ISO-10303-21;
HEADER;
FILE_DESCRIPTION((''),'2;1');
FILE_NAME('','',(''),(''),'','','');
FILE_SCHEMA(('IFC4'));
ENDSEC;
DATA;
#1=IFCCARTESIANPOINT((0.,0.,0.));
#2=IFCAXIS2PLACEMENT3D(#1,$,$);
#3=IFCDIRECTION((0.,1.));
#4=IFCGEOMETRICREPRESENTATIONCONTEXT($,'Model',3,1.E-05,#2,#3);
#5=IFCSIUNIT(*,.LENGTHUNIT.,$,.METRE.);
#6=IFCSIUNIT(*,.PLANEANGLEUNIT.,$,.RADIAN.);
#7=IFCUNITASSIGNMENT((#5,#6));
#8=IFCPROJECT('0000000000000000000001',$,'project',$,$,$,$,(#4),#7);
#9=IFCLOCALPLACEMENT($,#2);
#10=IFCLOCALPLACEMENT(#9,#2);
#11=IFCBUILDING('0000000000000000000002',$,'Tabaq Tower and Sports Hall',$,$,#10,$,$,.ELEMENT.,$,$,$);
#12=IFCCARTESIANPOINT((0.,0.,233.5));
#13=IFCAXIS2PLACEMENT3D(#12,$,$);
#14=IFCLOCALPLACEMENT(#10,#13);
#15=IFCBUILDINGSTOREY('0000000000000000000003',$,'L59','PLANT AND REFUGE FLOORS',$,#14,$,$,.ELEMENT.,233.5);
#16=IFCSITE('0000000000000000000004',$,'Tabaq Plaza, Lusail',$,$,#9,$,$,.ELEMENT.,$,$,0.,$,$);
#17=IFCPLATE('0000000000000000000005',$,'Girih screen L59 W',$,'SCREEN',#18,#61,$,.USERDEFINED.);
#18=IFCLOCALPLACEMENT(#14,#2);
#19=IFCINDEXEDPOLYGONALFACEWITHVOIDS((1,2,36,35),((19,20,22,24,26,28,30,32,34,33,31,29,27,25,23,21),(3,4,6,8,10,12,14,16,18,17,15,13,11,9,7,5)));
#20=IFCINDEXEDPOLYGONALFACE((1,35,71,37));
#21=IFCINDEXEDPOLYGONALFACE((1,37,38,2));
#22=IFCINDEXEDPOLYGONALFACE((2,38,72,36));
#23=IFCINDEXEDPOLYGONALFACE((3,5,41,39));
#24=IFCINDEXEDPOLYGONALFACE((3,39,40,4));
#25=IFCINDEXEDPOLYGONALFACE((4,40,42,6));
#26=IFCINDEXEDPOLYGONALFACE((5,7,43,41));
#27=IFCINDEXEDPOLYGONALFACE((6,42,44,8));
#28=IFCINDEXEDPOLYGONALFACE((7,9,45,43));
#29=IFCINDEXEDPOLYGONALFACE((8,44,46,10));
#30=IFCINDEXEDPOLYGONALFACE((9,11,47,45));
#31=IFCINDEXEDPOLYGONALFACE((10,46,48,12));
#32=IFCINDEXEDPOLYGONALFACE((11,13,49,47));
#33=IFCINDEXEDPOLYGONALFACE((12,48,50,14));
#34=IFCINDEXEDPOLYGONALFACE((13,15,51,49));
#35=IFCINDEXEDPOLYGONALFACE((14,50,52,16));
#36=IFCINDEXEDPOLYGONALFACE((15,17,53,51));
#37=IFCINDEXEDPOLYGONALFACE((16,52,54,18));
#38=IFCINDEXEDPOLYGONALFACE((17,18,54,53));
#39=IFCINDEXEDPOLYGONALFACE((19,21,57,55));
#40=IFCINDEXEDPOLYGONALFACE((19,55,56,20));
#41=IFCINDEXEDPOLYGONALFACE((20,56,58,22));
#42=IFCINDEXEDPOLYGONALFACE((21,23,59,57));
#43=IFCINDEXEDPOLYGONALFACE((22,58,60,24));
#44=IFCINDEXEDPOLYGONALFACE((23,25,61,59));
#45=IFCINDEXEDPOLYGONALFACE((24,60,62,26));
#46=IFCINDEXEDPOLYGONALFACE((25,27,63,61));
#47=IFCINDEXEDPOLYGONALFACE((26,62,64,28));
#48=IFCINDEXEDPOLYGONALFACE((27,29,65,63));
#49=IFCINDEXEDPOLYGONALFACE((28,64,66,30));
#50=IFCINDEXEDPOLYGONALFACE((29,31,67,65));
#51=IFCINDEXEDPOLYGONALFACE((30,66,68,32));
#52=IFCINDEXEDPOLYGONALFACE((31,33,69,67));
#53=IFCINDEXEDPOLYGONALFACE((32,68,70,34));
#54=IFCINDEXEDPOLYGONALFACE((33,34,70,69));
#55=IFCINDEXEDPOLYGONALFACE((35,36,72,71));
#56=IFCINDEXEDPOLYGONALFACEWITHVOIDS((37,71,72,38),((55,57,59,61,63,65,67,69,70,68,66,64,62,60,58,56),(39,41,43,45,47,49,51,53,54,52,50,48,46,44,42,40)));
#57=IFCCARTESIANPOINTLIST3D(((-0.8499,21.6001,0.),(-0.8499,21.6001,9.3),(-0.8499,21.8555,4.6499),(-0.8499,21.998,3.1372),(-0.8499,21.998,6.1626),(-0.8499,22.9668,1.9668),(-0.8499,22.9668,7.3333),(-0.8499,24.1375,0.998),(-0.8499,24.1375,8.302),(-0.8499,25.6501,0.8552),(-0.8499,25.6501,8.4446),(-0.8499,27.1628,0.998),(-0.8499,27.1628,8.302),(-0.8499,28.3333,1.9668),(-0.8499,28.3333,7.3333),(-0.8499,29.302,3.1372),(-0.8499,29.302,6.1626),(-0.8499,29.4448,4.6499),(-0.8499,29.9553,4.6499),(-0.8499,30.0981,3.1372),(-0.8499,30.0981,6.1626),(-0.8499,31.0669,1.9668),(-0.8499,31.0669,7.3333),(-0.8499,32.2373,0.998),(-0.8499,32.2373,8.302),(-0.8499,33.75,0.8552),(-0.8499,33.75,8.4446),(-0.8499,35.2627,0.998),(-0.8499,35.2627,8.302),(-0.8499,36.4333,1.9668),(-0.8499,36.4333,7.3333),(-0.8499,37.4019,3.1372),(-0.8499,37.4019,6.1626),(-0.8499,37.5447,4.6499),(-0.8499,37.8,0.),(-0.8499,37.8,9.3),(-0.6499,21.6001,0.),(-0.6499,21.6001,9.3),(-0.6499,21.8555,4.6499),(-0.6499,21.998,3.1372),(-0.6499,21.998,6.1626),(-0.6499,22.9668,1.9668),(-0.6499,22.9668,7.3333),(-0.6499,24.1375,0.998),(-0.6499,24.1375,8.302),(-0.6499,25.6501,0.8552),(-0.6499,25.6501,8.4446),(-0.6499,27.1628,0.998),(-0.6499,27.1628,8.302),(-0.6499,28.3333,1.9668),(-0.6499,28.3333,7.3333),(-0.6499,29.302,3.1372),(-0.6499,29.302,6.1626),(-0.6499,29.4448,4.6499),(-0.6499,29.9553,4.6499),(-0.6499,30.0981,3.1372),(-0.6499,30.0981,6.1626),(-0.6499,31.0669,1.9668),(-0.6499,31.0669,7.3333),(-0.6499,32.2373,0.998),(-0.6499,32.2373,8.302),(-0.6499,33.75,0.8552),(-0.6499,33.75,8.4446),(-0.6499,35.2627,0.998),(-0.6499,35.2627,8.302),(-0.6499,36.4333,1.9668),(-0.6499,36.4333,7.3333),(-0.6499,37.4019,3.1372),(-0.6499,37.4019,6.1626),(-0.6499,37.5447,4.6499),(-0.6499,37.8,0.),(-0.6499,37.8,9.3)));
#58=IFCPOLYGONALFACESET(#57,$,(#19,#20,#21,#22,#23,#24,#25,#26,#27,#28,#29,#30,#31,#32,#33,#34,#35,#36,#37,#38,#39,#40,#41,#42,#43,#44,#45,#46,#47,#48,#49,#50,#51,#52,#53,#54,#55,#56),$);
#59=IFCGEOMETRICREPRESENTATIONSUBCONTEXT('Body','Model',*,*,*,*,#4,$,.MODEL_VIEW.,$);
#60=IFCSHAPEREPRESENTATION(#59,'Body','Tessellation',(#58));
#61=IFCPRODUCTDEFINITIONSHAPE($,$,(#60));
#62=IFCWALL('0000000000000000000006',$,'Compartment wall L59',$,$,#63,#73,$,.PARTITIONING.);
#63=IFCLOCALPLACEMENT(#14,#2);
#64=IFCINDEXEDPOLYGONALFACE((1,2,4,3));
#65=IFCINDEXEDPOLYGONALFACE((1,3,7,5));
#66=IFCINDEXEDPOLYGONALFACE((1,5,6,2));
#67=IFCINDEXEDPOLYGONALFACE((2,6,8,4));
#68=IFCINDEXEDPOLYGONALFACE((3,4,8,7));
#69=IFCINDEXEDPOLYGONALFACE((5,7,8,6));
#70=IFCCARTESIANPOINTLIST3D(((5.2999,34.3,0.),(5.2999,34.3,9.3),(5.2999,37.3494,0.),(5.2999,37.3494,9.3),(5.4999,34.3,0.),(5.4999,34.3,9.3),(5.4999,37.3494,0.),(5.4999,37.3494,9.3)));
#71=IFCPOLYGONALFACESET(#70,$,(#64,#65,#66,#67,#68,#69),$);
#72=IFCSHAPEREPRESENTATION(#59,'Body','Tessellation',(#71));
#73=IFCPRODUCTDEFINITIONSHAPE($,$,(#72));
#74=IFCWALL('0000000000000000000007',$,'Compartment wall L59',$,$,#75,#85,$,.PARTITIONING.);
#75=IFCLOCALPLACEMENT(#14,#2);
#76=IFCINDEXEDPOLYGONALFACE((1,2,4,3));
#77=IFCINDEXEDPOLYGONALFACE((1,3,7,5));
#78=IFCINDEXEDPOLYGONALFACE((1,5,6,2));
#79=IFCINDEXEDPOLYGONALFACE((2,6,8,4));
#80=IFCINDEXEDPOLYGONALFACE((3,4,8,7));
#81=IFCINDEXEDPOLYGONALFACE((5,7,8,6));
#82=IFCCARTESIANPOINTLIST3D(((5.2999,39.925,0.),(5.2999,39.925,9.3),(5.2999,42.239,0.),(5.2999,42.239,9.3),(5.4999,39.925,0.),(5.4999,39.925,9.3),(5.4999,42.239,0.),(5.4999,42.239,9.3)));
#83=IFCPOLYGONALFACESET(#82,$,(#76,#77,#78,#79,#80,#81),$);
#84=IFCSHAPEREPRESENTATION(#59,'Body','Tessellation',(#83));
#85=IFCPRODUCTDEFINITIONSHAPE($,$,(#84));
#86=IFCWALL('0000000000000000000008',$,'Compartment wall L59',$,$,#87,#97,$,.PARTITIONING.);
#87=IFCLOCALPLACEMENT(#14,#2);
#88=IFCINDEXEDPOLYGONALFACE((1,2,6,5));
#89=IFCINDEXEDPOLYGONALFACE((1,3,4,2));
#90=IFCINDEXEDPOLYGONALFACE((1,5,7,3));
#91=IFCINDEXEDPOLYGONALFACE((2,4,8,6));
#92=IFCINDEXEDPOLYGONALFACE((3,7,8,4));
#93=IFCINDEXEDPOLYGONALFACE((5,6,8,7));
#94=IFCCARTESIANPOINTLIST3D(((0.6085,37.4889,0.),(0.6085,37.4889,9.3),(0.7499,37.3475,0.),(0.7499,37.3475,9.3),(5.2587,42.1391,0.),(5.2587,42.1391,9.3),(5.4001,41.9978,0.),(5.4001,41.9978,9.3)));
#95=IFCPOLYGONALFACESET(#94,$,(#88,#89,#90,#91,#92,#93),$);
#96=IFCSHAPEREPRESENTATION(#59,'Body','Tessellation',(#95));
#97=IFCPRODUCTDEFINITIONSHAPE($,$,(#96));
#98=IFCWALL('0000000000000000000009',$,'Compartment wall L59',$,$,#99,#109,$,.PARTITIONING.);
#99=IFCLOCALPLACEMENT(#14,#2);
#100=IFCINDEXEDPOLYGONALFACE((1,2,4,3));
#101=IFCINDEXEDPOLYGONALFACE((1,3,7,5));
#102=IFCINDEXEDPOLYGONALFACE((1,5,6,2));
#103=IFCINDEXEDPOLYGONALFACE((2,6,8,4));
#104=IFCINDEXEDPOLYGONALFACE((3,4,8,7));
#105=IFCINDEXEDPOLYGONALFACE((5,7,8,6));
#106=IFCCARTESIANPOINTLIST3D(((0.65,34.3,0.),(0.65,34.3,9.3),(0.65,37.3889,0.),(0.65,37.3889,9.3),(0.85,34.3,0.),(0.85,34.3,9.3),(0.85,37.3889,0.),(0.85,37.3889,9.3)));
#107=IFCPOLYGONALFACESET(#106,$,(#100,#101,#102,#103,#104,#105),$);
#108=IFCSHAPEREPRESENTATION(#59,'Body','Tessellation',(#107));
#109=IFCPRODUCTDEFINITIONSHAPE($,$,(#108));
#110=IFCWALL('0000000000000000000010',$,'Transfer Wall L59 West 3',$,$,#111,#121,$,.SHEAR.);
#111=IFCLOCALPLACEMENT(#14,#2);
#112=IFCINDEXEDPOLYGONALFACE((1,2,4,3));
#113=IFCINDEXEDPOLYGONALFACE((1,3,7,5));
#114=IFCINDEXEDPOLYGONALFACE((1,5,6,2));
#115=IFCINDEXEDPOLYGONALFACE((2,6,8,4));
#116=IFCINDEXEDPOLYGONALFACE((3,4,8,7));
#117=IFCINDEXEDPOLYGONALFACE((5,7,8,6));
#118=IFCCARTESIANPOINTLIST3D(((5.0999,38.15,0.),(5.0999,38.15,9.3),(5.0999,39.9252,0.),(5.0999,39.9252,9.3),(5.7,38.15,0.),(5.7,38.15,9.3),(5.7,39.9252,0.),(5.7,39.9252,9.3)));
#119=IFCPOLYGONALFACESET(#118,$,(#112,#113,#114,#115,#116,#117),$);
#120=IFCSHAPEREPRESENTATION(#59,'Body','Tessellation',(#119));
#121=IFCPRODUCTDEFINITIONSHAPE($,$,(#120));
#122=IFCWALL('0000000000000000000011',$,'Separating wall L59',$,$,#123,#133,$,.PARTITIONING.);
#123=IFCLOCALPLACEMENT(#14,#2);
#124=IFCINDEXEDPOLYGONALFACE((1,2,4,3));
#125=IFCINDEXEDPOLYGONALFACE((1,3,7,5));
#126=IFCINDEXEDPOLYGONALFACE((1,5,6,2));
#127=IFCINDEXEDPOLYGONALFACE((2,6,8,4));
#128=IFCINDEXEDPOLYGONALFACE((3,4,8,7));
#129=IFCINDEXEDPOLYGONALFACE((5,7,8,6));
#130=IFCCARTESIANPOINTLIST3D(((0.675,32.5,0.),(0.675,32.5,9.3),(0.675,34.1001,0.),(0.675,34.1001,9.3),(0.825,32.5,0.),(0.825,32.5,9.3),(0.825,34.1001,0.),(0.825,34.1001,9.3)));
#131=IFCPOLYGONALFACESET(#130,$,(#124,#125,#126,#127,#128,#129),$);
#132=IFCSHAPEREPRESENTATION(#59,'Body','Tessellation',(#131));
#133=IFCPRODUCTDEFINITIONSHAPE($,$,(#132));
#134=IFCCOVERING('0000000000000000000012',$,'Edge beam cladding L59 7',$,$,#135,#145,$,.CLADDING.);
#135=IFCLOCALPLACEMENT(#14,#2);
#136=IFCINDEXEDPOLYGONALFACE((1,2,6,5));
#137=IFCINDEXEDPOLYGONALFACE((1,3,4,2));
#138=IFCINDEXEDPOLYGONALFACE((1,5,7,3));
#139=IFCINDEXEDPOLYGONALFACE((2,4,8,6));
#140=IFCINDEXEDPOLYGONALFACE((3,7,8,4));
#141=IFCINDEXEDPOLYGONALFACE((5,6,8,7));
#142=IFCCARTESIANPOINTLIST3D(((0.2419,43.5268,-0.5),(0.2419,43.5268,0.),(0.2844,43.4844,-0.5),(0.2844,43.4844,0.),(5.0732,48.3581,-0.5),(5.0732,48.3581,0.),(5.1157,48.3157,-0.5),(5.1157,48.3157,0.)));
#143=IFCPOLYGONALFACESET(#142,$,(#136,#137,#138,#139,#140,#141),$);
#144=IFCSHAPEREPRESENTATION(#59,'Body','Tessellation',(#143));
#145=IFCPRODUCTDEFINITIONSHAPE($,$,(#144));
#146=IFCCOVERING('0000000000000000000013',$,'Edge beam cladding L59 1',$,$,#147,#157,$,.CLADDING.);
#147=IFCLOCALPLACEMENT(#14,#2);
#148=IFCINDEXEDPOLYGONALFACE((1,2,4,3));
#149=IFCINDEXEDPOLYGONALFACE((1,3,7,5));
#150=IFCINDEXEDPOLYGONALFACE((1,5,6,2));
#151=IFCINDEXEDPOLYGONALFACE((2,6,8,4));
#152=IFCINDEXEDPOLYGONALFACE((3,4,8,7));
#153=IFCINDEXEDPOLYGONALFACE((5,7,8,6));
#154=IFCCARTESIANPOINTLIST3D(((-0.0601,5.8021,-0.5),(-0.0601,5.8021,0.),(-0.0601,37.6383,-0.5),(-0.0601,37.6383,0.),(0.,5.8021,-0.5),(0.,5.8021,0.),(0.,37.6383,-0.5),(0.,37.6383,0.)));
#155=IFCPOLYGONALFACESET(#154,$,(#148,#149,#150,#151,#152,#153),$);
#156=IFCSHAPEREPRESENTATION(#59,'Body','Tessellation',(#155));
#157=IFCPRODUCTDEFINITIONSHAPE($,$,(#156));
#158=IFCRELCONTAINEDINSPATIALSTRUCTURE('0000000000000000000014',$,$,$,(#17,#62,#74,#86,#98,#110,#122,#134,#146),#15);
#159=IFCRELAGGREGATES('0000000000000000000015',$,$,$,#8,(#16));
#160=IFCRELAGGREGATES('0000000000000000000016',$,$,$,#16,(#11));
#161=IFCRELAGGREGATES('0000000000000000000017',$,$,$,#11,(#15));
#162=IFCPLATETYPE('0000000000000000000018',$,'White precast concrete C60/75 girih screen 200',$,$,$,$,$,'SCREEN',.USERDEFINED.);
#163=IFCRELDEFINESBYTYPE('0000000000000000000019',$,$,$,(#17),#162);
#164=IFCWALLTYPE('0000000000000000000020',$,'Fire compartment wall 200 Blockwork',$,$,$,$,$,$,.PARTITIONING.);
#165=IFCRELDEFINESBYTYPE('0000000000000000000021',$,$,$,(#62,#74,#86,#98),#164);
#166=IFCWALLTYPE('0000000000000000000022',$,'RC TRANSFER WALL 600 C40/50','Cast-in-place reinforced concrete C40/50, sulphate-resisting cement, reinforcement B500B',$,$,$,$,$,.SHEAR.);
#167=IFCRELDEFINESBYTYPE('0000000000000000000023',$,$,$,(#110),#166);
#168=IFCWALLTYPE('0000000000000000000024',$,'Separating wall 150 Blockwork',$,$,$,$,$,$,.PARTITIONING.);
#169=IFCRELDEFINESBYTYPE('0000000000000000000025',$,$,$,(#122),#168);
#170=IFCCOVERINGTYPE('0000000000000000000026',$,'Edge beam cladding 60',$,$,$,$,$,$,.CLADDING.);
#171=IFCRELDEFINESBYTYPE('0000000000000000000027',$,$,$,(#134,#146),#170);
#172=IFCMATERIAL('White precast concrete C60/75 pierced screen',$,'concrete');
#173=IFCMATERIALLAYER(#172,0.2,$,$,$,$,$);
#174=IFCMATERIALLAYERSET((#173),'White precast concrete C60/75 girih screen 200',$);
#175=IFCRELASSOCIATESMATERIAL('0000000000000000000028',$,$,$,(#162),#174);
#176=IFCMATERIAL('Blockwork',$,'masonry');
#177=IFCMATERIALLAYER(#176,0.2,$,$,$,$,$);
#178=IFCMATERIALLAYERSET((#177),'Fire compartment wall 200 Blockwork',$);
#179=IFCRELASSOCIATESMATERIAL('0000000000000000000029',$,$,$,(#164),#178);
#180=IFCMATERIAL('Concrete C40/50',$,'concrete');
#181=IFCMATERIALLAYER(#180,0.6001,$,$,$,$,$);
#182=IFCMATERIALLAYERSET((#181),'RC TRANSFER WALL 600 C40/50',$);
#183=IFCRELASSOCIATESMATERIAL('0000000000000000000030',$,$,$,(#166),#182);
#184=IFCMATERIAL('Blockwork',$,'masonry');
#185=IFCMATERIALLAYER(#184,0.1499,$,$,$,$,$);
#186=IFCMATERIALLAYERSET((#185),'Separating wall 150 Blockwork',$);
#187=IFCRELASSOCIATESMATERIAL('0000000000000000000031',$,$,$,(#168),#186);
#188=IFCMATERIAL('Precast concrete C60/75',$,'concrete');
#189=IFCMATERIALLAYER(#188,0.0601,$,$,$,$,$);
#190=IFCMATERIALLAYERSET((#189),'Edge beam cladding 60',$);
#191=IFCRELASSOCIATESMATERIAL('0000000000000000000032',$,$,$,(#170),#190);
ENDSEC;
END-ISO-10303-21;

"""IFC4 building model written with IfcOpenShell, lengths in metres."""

from ifc_helpers import new_model, si_unit, direction, frame, frame_2d, origin, place, context, subcontext, project, spatial, polyline, rectangle, outline, extrude, material, layer, layer_set, type_object, element, save


model = new_model("IFC4")

# Units and contexts
model_context = context("Model", 3, precision=1e-05, world=origin(), true_north=direction((0.0, 1.0)))
body_context = subcontext(model_context, "Body", "Model", "MODEL_VIEW")
ifc_project = project(units=[si_unit("LENGTHUNIT", "METRE"), si_unit("PLANEANGLEUNIT", "RADIAN")], contexts=[model_context])

# Site, building, storey
site_placement = place(None, origin())
site = spatial("IfcSite", under=ifc_project, at=site_placement, Name="Tabaq Plaza, Lusail", CompositionType="ELEMENT", RefElevation=0.0)
building_placement = place(site_placement, origin())
building = spatial("IfcBuilding", under=site, at=building_placement, Name="Tabaq Tower and Sports Hall", CompositionType="ELEMENT")
storey_placement = place(building_placement, frame((0.0, 0.0, 233.5)))
storey = spatial("IfcBuildingStorey", under=building, at=storey_placement, Name="L59", Description="PLANT AND REFUGE FLOORS", CompositionType="ELEMENT", Elevation=233.5)

# Plate
ifc_material_1 = material(Name="White precast concrete C60/75 pierced screen", Category="concrete")
ifc_layer_1 = layer(ifc_material_1, 0.2)
ifc_layer_set_1 = layer_set([ifc_layer_1], Name="White precast concrete C60/75 girih screen 200")
plate_type_1 = type_object("IfcPlateType", Name="White precast concrete C60/75 girih screen 200", ElementType="SCREEN", PredefinedType="USERDEFINED", material=ifc_layer_set_1)
plate_1_placement = place(storey_placement, frame((-0.75, 37.8, 0.0), z_axis=(0.0, 0.0, 1.0), x_axis=(0.0, -1.0, 0.0)))
element("IfcPlate", 1, at=plate_1_placement, inside=storey, type_object=plate_type_1, Name="Girih screen L59 W", ObjectType="SCREEN", PredefinedType="USERDEFINED", context=body_context, shape_type="SweptSolid", body=[
    extrude(outline(polyline([(0.0, 0.0), (16.2, 0.0), (16.2, 9.3), (0.0, 9.3), (0.0, 0.0)]), holes=[polyline([(7.7019, 6.1626), (6.7332, 7.3333), (5.5627, 8.302), (4.05, 8.4446), (2.5374, 8.302), (1.3667, 7.3333), (0.3982, 6.1626), (0.2554, 4.6499), (0.3982, 3.1372), (1.3667, 1.9668), (2.5374, 0.998), (4.05, 0.8552), (5.5627, 0.998), (6.7332, 1.9668), (7.7019, 3.1372), (7.8447, 4.6499), (7.7019, 6.1626)]), polyline([(15.802, 6.1626), (14.8333, 7.3333), (13.6626, 8.302), (12.1499, 8.4446), (10.6372, 8.302), (9.4668, 7.3333), (8.498, 6.1626), (8.3552, 4.6499), (8.498, 3.1372), (9.4668, 1.9668), (10.6372, 0.998), (12.1499, 0.8552), (13.6626, 0.998), (14.8333, 1.9668), (15.802, 3.1372), (15.9446, 4.6499), (15.802, 6.1626)])]), frame((0.0, 0.1001, 0.0), z_axis=(0.0, -1.0, 0.0), x_axis=(1.0, 0.0, 0.0)), (0.0, 0.0, 1.0), 0.2),
])

# Walls
ifc_material_2 = material(Name="Blockwork", Category="masonry")
ifc_layer_2 = layer(ifc_material_2, 0.2)
ifc_layer_set_2 = layer_set([ifc_layer_2], Name="Fire compartment wall 200 Blockwork")
wall_type_1 = type_object("IfcWallType", Name="Fire compartment wall 200 Blockwork", PredefinedType="PARTITIONING", material=ifc_layer_set_2)
wall_1_placement = place(storey_placement, frame((5.3999, 34.3, 0.0), z_axis=(0.0, 0.0, 1.0), x_axis=(0.0, 1.0, 0.0)))
element("IfcWall", 2, at=wall_1_placement, inside=storey, type_object=wall_type_1, Name="Compartment wall L59", PredefinedType="PARTITIONING", context=body_context, shape_type="SweptSolid", body=[
    extrude(rectangle(XDim=3.0493, YDim=0.2, at=frame_2d((1.5247, 0.0))), origin(), (0.0, 0.0, 1.0), 9.3),
])
wall_2_placement = place(storey_placement, frame((5.3999, 39.925, 0.0), z_axis=(0.0, 0.0, 1.0), x_axis=(0.0, 1.0, 0.0)))
element("IfcWall", 3, at=wall_2_placement, inside=storey, type_object=wall_type_1, Name="Compartment wall L59", PredefinedType="PARTITIONING", context=body_context, shape_type="SweptSolid", body=[
    extrude(rectangle(XDim=2.314, YDim=0.2, at=frame_2d((1.157, 0.0))), origin(), (0.0, 0.0, 1.0), 9.3),
])
wall_3_placement = place(storey_placement, frame((5.3293, 42.0684, 0.0), z_axis=(0.0, 0.0, 1.0), x_axis=(-0.707107, -0.707107, 0.0)))
element("IfcWall", 4, at=wall_3_placement, inside=storey, type_object=wall_type_1, Name="Compartment wall L59", PredefinedType="PARTITIONING", context=body_context, shape_type="SweptSolid", body=[
    extrude(rectangle(XDim=6.5764, YDim=0.2, at=frame_2d((3.2881, 0.0))), origin(), (0.0, 0.0, 1.0), 9.3),
])
wall_4_placement = place(storey_placement, frame((0.75, 37.3889, 0.0), z_axis=(0.0, 0.0, 1.0), x_axis=(0.0, -1.0, 0.0)))
element("IfcWall", 5, at=wall_4_placement, inside=storey, type_object=wall_type_1, Name="Compartment wall L59", PredefinedType="PARTITIONING", context=body_context, shape_type="SweptSolid", body=[
    extrude(rectangle(XDim=3.0889, YDim=0.2, at=frame_2d((1.5444, 0.0))), origin(), (0.0, 0.0, 1.0), 9.3),
])
ifc_material_3 = material(Name="Concrete C40/50", Category="concrete")
ifc_layer_3 = layer(ifc_material_3, 0.6001)
ifc_layer_set_3 = layer_set([ifc_layer_3], Name="RC TRANSFER WALL 600 C40/50")
wall_type_2 = type_object("IfcWallType", Name="RC TRANSFER WALL 600 C40/50", Description="Cast-in-place reinforced concrete C40/50, sulphate-resisting cement, reinforcement B500B", PredefinedType="SHEAR", material=ifc_layer_set_3)
wall_5_placement = place(storey_placement, frame((5.3999, 38.1499, 0.0), z_axis=(0.0, 0.0, 1.0), x_axis=(0.0, 1.0, 0.0)))
element("IfcWall", 6, at=wall_5_placement, inside=storey, type_object=wall_type_2, Name="Transfer Wall L59 West 3", PredefinedType="SHEAR", context=body_context, shape_type="SweptSolid", body=[
    extrude(rectangle(XDim=1.7751, YDim=0.6001, at=frame_2d((0.8877, 0.0))), origin(), (0.0, 0.0, 1.0), 9.3),
])
ifc_material_4 = material(Name="Blockwork", Category="masonry")
ifc_layer_4 = layer(ifc_material_4, 0.1499)
ifc_layer_set_4 = layer_set([ifc_layer_4], Name="Separating wall 150 Blockwork")
wall_type_3 = type_object("IfcWallType", Name="Separating wall 150 Blockwork", PredefinedType="PARTITIONING", material=ifc_layer_set_4)
wall_6_placement = place(storey_placement, frame((0.75, 34.1001, 0.0), z_axis=(0.0, 0.0, 1.0), x_axis=(0.0, -1.0, 0.0)))
element("IfcWall", 7, at=wall_6_placement, inside=storey, type_object=wall_type_3, Name="Separating wall L59", PredefinedType="PARTITIONING", context=body_context, shape_type="SweptSolid", body=[
    extrude(rectangle(XDim=1.6001, YDim=0.1499, at=frame_2d((0.8, 0.0))), origin(), (0.0, 0.0, 1.0), 9.3),
])

# Coverings
ifc_material_5 = material(Name="Precast concrete C60/75", Category="concrete")
ifc_layer_5 = layer(ifc_material_5, 0.0601)
ifc_layer_set_5 = layer_set([ifc_layer_5], Name="Edge beam cladding 60")
covering_type_1 = type_object("IfcCoveringType", Name="Edge beam cladding 60", PredefinedType="CLADDING", material=ifc_layer_set_5)
covering_1_placement = place(storey_placement, frame((5.0945, 48.3369, -0.5), z_axis=(0.0, 0.0, 1.0), x_axis=(-0.707107, -0.707107, 0.0)))
element("IfcCovering", 8, at=covering_1_placement, inside=storey, type_object=covering_type_1, Name="Edge beam cladding L59 7", PredefinedType="CLADDING", context=body_context, shape_type="SweptSolid", body=[
    extrude(rectangle(XDim=6.8325, YDim=0.0601, at=frame_2d((3.4163, 0.0))), origin(), (0.0, 0.0, 1.0), 0.5),
])
covering_2_placement = place(storey_placement, frame((-0.03, 37.6382, -0.5), z_axis=(0.0, 0.0, 1.0), x_axis=(0.0, -1.0, 0.0)))
element("IfcCovering", 9, at=covering_2_placement, inside=storey, type_object=covering_type_1, Name="Edge beam cladding L59 1", PredefinedType="CLADDING", context=body_context, shape_type="SweptSolid", body=[
    extrude(rectangle(XDim=31.8362, YDim=0.0601, at=frame_2d((15.918, 0.0))), origin(), (0.0, 0.0, 1.0), 0.5),
])

save(model, "model.ifc")
